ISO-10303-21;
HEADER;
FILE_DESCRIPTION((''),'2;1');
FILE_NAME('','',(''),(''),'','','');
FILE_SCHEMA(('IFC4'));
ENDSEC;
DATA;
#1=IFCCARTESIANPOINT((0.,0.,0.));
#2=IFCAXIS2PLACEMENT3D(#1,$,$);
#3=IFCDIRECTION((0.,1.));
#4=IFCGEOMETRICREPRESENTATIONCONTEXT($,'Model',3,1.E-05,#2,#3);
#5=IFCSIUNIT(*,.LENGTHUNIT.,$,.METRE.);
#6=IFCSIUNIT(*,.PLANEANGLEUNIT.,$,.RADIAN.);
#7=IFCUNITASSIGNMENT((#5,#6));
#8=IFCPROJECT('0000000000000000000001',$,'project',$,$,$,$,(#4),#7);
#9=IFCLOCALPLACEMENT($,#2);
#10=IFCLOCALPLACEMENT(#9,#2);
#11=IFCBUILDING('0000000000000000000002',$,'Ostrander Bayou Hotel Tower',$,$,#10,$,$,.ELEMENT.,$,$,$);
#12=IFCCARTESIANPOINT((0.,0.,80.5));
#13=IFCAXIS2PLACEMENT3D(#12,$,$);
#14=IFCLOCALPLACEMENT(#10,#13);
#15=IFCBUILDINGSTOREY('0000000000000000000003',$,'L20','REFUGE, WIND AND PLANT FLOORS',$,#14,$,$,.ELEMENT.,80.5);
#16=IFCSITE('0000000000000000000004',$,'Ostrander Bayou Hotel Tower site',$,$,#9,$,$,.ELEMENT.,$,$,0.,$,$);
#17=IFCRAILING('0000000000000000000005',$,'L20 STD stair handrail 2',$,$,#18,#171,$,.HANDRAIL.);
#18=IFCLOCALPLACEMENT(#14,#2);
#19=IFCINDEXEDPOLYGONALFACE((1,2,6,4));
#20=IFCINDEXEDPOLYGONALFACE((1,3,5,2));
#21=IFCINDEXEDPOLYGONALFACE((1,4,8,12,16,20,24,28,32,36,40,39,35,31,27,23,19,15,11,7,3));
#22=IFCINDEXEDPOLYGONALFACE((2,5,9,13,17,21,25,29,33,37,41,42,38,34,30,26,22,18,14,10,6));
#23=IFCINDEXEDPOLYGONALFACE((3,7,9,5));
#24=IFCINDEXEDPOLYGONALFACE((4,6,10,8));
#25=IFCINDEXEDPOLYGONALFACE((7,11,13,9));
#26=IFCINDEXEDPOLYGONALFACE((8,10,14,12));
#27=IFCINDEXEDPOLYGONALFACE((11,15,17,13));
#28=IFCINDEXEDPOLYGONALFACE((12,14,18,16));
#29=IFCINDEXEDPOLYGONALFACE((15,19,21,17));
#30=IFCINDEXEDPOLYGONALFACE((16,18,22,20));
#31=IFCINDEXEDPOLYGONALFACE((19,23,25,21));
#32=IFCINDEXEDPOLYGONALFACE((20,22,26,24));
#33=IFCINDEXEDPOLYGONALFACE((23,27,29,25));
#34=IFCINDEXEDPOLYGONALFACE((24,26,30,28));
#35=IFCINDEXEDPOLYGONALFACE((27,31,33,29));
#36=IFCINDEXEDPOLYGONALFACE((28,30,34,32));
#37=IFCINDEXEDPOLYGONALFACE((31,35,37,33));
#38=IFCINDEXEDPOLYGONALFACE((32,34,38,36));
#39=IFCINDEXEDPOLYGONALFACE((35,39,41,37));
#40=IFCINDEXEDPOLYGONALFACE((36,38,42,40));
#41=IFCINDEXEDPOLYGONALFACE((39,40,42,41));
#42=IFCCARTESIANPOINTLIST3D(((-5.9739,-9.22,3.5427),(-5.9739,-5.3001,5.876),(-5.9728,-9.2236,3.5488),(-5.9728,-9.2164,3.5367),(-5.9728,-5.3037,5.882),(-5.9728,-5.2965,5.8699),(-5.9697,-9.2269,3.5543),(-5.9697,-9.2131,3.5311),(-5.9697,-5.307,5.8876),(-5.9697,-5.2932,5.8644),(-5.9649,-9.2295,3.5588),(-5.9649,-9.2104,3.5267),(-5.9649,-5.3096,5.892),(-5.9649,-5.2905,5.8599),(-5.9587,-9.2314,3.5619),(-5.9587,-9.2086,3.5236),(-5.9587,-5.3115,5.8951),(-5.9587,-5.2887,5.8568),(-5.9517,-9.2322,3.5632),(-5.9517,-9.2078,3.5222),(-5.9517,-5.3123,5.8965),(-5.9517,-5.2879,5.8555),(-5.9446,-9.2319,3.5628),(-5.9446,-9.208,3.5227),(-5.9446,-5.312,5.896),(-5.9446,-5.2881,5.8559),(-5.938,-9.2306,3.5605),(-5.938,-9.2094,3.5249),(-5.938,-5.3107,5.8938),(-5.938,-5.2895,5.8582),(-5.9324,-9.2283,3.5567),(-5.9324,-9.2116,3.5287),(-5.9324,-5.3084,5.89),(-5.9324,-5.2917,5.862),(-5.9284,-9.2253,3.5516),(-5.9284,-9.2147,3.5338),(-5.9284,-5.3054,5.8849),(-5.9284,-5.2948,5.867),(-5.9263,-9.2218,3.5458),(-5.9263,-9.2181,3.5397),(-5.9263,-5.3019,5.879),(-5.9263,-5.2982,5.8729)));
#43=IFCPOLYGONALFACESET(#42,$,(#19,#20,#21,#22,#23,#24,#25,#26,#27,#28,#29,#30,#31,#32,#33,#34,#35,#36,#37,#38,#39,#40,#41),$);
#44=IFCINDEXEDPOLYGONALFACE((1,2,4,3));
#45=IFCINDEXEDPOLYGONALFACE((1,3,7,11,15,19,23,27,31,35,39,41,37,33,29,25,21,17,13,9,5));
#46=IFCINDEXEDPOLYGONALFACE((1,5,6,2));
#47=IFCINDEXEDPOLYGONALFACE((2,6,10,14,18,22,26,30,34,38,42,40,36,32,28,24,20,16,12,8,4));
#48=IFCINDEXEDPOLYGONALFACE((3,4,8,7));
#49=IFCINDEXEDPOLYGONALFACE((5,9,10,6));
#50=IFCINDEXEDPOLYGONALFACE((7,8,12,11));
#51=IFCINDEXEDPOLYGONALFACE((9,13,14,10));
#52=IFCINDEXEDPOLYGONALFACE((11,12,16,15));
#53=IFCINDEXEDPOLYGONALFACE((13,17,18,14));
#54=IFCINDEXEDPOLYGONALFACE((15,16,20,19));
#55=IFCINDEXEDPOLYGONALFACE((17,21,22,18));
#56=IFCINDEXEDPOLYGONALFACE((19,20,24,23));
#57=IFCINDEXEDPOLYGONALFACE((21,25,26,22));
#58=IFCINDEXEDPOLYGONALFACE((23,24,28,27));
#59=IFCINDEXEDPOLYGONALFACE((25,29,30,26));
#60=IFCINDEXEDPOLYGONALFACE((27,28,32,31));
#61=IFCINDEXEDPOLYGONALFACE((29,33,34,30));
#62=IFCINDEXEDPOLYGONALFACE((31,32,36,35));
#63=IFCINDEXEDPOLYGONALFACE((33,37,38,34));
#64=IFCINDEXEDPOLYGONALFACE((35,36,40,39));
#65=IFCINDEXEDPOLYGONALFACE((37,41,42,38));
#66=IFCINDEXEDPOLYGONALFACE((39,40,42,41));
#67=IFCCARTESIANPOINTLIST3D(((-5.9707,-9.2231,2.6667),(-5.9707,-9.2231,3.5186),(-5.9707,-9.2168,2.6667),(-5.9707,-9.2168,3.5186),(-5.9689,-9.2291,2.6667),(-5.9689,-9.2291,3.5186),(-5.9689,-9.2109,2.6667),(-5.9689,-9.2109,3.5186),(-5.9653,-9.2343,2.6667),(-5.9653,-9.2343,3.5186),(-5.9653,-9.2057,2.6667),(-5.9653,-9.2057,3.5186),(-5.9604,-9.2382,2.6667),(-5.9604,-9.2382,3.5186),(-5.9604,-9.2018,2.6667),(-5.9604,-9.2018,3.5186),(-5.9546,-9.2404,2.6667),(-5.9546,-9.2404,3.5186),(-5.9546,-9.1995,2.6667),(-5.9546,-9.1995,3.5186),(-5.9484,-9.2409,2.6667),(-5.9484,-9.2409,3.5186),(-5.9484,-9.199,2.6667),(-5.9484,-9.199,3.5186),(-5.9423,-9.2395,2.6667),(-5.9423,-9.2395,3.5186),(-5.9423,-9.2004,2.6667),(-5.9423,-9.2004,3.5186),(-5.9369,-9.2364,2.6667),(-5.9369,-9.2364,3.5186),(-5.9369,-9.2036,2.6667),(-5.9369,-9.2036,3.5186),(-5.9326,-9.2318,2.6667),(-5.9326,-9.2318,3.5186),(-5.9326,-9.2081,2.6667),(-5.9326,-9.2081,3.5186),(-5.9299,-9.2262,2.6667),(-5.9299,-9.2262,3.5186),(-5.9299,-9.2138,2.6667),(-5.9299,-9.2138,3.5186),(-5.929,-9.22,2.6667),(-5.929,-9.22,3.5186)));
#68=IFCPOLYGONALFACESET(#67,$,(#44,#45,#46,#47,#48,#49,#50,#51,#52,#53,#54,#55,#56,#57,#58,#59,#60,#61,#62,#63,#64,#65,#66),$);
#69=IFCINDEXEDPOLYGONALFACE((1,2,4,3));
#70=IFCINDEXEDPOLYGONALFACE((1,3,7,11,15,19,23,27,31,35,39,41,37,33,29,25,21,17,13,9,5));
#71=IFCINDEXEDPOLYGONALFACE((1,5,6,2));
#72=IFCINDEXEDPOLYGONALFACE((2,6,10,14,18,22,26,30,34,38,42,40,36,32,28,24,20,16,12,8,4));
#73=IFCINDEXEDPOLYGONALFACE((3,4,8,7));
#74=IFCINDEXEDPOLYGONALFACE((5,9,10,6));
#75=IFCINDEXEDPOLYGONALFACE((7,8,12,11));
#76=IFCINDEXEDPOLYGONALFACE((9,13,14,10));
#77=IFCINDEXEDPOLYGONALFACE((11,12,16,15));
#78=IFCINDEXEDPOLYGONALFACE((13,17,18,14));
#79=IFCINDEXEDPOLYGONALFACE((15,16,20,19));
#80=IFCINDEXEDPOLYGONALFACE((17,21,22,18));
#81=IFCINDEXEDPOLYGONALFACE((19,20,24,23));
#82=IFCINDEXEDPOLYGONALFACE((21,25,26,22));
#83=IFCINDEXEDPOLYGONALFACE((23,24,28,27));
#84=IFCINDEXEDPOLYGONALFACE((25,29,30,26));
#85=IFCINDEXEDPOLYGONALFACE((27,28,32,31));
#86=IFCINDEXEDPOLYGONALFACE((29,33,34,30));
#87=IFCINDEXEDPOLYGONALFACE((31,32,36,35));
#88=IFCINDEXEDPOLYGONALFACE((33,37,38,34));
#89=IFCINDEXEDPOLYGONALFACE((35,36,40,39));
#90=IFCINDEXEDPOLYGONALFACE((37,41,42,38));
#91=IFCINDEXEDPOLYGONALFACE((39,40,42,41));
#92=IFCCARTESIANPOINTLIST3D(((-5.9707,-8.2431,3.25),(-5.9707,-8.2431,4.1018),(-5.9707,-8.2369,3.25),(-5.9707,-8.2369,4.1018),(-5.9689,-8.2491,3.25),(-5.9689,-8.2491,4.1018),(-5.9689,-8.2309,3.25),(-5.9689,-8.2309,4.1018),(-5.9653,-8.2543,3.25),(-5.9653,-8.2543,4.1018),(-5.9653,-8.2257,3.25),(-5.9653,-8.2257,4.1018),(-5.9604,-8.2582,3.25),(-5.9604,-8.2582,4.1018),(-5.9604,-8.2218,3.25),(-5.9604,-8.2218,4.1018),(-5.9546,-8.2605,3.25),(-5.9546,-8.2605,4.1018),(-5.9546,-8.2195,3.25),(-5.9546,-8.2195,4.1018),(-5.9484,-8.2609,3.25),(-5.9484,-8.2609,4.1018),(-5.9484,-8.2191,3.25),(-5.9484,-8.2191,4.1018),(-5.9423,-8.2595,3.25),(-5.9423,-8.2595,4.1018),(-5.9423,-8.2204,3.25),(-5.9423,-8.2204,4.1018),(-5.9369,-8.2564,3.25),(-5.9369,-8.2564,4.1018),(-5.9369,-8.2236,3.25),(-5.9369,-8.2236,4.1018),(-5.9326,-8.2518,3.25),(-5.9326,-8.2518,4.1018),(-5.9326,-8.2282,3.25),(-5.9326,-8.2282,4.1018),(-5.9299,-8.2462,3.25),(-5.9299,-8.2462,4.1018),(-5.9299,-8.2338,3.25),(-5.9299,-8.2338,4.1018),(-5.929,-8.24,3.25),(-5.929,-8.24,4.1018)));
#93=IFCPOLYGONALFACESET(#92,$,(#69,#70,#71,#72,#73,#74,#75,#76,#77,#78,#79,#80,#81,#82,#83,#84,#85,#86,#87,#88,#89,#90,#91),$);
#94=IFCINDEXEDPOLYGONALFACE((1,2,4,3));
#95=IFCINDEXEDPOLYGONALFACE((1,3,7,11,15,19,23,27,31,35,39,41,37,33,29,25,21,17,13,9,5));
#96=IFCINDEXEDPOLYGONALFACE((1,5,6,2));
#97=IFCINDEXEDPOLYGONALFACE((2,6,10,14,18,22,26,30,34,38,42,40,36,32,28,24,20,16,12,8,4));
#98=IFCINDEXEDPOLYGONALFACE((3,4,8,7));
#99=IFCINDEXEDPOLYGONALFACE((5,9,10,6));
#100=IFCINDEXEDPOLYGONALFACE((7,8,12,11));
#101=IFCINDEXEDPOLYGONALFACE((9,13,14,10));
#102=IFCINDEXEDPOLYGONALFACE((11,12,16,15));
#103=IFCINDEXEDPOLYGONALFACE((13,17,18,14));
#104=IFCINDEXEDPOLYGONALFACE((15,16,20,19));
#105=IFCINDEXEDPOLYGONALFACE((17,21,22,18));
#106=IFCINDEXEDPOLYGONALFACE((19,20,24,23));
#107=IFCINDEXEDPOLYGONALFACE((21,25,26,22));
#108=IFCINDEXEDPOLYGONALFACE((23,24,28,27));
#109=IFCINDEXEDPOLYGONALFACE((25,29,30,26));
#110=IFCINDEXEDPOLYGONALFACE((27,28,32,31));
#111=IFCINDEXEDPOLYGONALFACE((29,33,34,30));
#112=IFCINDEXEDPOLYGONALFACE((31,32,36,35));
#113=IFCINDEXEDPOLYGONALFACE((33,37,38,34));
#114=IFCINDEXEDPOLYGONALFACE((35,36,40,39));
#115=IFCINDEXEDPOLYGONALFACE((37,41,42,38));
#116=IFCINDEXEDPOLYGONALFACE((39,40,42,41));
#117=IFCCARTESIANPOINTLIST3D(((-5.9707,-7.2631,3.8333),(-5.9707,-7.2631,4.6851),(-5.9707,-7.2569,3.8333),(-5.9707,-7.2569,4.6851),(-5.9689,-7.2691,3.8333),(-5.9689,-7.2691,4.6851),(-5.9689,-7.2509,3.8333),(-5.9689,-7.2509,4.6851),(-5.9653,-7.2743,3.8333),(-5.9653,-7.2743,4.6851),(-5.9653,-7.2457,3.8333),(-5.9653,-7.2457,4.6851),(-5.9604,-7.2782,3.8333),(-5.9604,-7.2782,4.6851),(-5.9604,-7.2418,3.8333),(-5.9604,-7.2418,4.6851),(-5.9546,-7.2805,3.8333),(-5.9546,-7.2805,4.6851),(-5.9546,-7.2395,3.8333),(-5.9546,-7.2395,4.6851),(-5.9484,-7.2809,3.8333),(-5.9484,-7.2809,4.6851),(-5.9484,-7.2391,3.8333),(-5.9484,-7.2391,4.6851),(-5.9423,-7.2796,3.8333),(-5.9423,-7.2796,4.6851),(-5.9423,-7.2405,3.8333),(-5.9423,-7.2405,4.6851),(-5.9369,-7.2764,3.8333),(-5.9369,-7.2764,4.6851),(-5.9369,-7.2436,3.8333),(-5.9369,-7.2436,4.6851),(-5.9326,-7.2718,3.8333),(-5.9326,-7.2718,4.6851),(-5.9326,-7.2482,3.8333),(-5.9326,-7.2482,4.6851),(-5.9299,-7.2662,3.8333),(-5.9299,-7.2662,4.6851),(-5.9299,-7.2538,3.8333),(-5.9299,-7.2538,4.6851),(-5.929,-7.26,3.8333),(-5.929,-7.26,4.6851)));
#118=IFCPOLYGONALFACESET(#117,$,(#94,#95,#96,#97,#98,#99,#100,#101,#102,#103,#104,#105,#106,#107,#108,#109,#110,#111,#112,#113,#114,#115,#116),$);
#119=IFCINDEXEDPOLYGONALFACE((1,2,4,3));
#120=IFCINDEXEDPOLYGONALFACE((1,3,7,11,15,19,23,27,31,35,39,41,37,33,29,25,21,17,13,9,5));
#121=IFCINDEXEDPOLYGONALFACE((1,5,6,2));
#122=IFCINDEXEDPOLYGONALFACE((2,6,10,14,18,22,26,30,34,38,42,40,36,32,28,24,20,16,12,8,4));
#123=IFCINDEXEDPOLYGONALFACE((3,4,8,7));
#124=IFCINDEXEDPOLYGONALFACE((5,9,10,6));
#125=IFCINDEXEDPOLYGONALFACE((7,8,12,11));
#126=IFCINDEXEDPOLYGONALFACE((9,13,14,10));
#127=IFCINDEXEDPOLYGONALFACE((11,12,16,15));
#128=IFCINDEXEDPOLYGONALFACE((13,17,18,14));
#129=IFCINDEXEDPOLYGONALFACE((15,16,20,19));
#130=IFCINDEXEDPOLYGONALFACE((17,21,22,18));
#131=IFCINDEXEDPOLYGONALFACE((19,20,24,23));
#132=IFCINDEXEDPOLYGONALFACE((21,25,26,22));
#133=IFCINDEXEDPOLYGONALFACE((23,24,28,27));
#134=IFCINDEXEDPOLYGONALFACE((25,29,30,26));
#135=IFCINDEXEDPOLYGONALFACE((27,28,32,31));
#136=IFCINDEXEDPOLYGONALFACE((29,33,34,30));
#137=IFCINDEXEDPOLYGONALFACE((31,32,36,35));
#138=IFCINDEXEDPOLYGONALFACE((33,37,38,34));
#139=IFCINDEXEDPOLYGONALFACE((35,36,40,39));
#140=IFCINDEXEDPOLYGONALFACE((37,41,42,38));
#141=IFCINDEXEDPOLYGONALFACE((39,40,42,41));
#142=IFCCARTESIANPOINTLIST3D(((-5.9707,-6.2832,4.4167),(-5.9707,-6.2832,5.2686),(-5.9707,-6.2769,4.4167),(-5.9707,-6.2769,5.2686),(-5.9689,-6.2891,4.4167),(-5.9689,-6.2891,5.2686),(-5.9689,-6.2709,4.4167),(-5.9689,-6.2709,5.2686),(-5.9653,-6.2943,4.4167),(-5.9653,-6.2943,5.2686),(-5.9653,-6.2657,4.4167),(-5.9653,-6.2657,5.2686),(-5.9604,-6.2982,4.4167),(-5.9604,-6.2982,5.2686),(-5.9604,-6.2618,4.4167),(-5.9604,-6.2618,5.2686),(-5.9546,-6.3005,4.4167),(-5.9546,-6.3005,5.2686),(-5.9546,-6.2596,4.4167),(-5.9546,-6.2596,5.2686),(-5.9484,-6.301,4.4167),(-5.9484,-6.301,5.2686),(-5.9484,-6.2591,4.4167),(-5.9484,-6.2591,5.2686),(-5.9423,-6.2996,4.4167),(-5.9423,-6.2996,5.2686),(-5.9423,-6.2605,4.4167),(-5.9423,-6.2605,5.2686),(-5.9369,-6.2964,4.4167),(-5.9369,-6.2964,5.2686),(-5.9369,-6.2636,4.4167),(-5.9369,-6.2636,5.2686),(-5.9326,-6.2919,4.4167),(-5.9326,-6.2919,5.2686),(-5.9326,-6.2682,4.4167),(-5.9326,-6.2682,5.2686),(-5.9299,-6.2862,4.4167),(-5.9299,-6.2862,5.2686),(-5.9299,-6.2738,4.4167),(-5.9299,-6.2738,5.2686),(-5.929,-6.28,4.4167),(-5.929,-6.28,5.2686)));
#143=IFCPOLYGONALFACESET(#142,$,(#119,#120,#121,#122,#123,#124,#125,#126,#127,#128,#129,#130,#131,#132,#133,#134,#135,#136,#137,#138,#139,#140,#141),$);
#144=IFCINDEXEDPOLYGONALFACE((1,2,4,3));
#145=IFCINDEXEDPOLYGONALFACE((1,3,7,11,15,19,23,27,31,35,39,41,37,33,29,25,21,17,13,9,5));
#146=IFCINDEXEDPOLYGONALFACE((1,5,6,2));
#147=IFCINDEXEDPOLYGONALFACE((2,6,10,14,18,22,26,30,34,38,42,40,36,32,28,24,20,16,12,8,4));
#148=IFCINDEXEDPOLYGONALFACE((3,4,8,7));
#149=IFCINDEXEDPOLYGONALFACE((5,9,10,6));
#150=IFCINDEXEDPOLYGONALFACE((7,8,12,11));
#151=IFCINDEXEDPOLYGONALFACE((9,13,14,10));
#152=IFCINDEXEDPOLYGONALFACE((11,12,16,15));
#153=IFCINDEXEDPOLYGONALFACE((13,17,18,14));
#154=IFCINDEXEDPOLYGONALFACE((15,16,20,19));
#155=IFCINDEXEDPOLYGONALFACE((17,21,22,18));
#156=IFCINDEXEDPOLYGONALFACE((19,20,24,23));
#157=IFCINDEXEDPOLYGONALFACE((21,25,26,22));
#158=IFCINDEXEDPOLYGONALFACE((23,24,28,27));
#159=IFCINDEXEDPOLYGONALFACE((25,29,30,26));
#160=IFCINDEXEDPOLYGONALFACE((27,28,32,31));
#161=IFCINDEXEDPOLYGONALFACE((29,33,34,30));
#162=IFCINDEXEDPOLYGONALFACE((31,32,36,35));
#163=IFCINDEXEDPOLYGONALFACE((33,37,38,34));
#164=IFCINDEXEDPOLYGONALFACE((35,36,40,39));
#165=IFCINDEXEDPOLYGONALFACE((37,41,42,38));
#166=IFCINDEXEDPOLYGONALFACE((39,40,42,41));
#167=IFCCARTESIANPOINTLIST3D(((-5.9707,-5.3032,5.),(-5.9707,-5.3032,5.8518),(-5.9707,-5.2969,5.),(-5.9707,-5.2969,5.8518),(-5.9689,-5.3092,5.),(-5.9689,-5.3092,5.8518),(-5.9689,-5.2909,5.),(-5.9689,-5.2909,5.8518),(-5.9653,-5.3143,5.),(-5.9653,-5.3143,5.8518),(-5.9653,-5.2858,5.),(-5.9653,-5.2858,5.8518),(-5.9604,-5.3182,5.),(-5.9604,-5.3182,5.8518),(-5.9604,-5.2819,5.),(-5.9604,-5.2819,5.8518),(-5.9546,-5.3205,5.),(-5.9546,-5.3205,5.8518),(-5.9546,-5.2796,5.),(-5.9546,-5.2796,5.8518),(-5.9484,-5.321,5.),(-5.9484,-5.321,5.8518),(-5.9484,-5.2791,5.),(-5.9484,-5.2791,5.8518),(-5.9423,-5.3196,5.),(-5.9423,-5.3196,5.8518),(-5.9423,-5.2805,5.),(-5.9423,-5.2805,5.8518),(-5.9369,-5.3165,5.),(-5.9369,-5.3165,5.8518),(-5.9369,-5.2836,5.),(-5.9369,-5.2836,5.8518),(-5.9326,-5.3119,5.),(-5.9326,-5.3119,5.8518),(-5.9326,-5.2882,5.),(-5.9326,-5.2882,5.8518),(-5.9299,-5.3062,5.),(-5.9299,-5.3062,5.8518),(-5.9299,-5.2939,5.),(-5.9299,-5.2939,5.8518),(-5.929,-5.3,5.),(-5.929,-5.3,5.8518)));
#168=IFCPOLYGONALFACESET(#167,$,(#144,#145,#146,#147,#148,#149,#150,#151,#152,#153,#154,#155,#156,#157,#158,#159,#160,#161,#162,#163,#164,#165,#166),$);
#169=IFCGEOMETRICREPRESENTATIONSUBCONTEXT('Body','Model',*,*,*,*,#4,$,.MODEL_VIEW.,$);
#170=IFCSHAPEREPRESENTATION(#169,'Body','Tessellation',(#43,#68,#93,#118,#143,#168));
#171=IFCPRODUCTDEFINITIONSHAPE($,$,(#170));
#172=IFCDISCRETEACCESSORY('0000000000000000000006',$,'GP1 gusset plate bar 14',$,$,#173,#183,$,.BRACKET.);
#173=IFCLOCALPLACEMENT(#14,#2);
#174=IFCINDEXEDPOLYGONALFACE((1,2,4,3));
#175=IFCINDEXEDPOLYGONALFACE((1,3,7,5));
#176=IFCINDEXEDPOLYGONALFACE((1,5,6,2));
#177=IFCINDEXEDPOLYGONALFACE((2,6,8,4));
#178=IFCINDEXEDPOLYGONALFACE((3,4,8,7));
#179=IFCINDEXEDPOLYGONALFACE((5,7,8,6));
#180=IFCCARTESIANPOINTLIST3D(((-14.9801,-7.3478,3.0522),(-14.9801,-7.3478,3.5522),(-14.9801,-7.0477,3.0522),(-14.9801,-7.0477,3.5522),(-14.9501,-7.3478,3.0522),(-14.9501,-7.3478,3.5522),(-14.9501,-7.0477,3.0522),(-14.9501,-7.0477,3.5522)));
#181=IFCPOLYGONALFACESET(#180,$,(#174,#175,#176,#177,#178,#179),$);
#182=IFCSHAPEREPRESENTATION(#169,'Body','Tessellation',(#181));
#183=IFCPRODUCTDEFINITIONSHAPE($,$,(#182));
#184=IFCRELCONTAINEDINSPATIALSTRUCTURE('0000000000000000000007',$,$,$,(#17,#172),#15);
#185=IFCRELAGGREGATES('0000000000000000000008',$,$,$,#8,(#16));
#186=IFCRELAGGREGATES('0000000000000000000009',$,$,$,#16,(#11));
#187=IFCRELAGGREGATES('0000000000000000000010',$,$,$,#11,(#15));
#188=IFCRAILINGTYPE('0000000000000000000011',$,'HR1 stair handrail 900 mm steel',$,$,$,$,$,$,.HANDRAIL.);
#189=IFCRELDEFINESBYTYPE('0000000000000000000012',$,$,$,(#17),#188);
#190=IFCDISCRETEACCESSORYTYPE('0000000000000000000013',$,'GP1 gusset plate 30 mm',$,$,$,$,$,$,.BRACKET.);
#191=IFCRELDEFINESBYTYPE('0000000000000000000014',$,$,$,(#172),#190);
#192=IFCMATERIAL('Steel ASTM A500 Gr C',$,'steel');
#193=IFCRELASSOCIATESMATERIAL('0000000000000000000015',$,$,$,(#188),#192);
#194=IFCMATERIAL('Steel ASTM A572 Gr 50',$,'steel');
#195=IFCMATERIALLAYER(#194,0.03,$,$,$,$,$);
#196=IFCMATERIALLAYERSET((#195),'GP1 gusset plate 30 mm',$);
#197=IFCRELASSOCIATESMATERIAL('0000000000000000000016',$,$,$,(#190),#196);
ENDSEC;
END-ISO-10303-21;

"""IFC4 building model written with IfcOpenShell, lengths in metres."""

from ifc_helpers import new_model, si_unit, direction, frame, origin, origin_2d, place, context, subcontext, project, spatial, rectangle, circle, extrude, material, layer, layer_set, type_object, element, save


model = new_model("IFC4")

# Units and contexts
model_context = context("Model", 3, precision=1e-05, world=origin(), true_north=direction((0.0, 1.0)))
body_context = subcontext(model_context, "Body", "Model", "MODEL_VIEW")
ifc_project = project(units=[si_unit("LENGTHUNIT", "METRE"), si_unit("PLANEANGLEUNIT", "RADIAN")], contexts=[model_context])

# Site, building, storey
site_placement = place(None, origin())
site = spatial("IfcSite", under=ifc_project, at=site_placement, Name="Ostrander Bayou Hotel Tower site", CompositionType="ELEMENT", RefElevation=0.0)
building_placement = place(site_placement, origin())
building = spatial("IfcBuilding", under=site, at=building_placement, Name="Ostrander Bayou Hotel Tower", CompositionType="ELEMENT")
storey_placement = place(building_placement, frame((0.0, 0.0, 80.5)))
storey = spatial("IfcBuildingStorey", under=building, at=storey_placement, Name="L20", Description="REFUGE, WIND AND PLANT FLOORS", CompositionType="ELEMENT", Elevation=80.5)

# Railing
ifc_material_1 = material(Name="Steel ASTM A500 Gr C", Category="steel")
railing_type_1 = type_object("IfcRailingType", Name="HR1 stair handrail 900 mm steel", PredefinedType="HANDRAIL", material=ifc_material_1)
railing_1_placement = place(storey_placement, frame((-5.95, -9.22, 2.6667)))
element("IfcRailing", 1, at=railing_1_placement, inside=storey, type_object=railing_type_1, Name="L20 STD stair handrail 2", PredefinedType="HANDRAIL", context=body_context, shape_type="SweptSolid", body=[
    extrude(circle(Radius=0.0239, at=origin_2d()), frame((0.0, 0.0, 0.876), z_axis=(0.0, 0.859296, 0.511478), x_axis=(-1.0, 0.0, 0.0)), (0.0, 0.0, 1.0), 4.5618),
    extrude(circle(Radius=0.021, at=origin_2d()), origin(), (0.0, 0.0, 1.0), 0.8518),
    extrude(circle(Radius=0.021, at=origin_2d()), frame((0.0, 0.98, 0.5833)), (0.0, 0.0, 1.0), 0.8518),
    extrude(circle(Radius=0.021, at=origin_2d()), frame((0.0, 1.96, 1.1665)), (0.0, 0.0, 1.0), 0.8518),
    extrude(circle(Radius=0.021, at=origin_2d()), frame((0.0, 2.9399, 1.75)), (0.0, 0.0, 1.0), 0.8518),
    extrude(circle(Radius=0.021, at=origin_2d()), frame((0.0, 3.9199, 2.3333)), (0.0, 0.0, 1.0), 0.8518),
])

# Discrete accessory
ifc_material_2 = material(Name="Steel ASTM A572 Gr 50", Category="steel")
ifc_layer_1 = layer(ifc_material_2, 0.03)
ifc_layer_set_1 = layer_set([ifc_layer_1], Name="GP1 gusset plate 30 mm")
discrete_accessory_type = type_object("IfcDiscreteAccessoryType", Name="GP1 gusset plate 30 mm", PredefinedType="BRACKET", material=ifc_layer_set_1)
discrete_accessory_placement = place(storey_placement, frame((-14.9651, -7.1978, 3.0522), z_axis=(0.0, 0.0, 1.0), x_axis=(0.0, -1.0, 0.0)))
element("IfcDiscreteAccessory", 2, at=discrete_accessory_placement, inside=storey, type_object=discrete_accessory_type, Name="GP1 gusset plate bar 14", PredefinedType="BRACKET", context=body_context, shape_type="SweptSolid", body=[
    extrude(rectangle(XDim=0.3, YDim=0.03, at=origin_2d()), origin(), (0.0, 0.0, 1.0), 0.5),
])

save(model, "model.ifc")
